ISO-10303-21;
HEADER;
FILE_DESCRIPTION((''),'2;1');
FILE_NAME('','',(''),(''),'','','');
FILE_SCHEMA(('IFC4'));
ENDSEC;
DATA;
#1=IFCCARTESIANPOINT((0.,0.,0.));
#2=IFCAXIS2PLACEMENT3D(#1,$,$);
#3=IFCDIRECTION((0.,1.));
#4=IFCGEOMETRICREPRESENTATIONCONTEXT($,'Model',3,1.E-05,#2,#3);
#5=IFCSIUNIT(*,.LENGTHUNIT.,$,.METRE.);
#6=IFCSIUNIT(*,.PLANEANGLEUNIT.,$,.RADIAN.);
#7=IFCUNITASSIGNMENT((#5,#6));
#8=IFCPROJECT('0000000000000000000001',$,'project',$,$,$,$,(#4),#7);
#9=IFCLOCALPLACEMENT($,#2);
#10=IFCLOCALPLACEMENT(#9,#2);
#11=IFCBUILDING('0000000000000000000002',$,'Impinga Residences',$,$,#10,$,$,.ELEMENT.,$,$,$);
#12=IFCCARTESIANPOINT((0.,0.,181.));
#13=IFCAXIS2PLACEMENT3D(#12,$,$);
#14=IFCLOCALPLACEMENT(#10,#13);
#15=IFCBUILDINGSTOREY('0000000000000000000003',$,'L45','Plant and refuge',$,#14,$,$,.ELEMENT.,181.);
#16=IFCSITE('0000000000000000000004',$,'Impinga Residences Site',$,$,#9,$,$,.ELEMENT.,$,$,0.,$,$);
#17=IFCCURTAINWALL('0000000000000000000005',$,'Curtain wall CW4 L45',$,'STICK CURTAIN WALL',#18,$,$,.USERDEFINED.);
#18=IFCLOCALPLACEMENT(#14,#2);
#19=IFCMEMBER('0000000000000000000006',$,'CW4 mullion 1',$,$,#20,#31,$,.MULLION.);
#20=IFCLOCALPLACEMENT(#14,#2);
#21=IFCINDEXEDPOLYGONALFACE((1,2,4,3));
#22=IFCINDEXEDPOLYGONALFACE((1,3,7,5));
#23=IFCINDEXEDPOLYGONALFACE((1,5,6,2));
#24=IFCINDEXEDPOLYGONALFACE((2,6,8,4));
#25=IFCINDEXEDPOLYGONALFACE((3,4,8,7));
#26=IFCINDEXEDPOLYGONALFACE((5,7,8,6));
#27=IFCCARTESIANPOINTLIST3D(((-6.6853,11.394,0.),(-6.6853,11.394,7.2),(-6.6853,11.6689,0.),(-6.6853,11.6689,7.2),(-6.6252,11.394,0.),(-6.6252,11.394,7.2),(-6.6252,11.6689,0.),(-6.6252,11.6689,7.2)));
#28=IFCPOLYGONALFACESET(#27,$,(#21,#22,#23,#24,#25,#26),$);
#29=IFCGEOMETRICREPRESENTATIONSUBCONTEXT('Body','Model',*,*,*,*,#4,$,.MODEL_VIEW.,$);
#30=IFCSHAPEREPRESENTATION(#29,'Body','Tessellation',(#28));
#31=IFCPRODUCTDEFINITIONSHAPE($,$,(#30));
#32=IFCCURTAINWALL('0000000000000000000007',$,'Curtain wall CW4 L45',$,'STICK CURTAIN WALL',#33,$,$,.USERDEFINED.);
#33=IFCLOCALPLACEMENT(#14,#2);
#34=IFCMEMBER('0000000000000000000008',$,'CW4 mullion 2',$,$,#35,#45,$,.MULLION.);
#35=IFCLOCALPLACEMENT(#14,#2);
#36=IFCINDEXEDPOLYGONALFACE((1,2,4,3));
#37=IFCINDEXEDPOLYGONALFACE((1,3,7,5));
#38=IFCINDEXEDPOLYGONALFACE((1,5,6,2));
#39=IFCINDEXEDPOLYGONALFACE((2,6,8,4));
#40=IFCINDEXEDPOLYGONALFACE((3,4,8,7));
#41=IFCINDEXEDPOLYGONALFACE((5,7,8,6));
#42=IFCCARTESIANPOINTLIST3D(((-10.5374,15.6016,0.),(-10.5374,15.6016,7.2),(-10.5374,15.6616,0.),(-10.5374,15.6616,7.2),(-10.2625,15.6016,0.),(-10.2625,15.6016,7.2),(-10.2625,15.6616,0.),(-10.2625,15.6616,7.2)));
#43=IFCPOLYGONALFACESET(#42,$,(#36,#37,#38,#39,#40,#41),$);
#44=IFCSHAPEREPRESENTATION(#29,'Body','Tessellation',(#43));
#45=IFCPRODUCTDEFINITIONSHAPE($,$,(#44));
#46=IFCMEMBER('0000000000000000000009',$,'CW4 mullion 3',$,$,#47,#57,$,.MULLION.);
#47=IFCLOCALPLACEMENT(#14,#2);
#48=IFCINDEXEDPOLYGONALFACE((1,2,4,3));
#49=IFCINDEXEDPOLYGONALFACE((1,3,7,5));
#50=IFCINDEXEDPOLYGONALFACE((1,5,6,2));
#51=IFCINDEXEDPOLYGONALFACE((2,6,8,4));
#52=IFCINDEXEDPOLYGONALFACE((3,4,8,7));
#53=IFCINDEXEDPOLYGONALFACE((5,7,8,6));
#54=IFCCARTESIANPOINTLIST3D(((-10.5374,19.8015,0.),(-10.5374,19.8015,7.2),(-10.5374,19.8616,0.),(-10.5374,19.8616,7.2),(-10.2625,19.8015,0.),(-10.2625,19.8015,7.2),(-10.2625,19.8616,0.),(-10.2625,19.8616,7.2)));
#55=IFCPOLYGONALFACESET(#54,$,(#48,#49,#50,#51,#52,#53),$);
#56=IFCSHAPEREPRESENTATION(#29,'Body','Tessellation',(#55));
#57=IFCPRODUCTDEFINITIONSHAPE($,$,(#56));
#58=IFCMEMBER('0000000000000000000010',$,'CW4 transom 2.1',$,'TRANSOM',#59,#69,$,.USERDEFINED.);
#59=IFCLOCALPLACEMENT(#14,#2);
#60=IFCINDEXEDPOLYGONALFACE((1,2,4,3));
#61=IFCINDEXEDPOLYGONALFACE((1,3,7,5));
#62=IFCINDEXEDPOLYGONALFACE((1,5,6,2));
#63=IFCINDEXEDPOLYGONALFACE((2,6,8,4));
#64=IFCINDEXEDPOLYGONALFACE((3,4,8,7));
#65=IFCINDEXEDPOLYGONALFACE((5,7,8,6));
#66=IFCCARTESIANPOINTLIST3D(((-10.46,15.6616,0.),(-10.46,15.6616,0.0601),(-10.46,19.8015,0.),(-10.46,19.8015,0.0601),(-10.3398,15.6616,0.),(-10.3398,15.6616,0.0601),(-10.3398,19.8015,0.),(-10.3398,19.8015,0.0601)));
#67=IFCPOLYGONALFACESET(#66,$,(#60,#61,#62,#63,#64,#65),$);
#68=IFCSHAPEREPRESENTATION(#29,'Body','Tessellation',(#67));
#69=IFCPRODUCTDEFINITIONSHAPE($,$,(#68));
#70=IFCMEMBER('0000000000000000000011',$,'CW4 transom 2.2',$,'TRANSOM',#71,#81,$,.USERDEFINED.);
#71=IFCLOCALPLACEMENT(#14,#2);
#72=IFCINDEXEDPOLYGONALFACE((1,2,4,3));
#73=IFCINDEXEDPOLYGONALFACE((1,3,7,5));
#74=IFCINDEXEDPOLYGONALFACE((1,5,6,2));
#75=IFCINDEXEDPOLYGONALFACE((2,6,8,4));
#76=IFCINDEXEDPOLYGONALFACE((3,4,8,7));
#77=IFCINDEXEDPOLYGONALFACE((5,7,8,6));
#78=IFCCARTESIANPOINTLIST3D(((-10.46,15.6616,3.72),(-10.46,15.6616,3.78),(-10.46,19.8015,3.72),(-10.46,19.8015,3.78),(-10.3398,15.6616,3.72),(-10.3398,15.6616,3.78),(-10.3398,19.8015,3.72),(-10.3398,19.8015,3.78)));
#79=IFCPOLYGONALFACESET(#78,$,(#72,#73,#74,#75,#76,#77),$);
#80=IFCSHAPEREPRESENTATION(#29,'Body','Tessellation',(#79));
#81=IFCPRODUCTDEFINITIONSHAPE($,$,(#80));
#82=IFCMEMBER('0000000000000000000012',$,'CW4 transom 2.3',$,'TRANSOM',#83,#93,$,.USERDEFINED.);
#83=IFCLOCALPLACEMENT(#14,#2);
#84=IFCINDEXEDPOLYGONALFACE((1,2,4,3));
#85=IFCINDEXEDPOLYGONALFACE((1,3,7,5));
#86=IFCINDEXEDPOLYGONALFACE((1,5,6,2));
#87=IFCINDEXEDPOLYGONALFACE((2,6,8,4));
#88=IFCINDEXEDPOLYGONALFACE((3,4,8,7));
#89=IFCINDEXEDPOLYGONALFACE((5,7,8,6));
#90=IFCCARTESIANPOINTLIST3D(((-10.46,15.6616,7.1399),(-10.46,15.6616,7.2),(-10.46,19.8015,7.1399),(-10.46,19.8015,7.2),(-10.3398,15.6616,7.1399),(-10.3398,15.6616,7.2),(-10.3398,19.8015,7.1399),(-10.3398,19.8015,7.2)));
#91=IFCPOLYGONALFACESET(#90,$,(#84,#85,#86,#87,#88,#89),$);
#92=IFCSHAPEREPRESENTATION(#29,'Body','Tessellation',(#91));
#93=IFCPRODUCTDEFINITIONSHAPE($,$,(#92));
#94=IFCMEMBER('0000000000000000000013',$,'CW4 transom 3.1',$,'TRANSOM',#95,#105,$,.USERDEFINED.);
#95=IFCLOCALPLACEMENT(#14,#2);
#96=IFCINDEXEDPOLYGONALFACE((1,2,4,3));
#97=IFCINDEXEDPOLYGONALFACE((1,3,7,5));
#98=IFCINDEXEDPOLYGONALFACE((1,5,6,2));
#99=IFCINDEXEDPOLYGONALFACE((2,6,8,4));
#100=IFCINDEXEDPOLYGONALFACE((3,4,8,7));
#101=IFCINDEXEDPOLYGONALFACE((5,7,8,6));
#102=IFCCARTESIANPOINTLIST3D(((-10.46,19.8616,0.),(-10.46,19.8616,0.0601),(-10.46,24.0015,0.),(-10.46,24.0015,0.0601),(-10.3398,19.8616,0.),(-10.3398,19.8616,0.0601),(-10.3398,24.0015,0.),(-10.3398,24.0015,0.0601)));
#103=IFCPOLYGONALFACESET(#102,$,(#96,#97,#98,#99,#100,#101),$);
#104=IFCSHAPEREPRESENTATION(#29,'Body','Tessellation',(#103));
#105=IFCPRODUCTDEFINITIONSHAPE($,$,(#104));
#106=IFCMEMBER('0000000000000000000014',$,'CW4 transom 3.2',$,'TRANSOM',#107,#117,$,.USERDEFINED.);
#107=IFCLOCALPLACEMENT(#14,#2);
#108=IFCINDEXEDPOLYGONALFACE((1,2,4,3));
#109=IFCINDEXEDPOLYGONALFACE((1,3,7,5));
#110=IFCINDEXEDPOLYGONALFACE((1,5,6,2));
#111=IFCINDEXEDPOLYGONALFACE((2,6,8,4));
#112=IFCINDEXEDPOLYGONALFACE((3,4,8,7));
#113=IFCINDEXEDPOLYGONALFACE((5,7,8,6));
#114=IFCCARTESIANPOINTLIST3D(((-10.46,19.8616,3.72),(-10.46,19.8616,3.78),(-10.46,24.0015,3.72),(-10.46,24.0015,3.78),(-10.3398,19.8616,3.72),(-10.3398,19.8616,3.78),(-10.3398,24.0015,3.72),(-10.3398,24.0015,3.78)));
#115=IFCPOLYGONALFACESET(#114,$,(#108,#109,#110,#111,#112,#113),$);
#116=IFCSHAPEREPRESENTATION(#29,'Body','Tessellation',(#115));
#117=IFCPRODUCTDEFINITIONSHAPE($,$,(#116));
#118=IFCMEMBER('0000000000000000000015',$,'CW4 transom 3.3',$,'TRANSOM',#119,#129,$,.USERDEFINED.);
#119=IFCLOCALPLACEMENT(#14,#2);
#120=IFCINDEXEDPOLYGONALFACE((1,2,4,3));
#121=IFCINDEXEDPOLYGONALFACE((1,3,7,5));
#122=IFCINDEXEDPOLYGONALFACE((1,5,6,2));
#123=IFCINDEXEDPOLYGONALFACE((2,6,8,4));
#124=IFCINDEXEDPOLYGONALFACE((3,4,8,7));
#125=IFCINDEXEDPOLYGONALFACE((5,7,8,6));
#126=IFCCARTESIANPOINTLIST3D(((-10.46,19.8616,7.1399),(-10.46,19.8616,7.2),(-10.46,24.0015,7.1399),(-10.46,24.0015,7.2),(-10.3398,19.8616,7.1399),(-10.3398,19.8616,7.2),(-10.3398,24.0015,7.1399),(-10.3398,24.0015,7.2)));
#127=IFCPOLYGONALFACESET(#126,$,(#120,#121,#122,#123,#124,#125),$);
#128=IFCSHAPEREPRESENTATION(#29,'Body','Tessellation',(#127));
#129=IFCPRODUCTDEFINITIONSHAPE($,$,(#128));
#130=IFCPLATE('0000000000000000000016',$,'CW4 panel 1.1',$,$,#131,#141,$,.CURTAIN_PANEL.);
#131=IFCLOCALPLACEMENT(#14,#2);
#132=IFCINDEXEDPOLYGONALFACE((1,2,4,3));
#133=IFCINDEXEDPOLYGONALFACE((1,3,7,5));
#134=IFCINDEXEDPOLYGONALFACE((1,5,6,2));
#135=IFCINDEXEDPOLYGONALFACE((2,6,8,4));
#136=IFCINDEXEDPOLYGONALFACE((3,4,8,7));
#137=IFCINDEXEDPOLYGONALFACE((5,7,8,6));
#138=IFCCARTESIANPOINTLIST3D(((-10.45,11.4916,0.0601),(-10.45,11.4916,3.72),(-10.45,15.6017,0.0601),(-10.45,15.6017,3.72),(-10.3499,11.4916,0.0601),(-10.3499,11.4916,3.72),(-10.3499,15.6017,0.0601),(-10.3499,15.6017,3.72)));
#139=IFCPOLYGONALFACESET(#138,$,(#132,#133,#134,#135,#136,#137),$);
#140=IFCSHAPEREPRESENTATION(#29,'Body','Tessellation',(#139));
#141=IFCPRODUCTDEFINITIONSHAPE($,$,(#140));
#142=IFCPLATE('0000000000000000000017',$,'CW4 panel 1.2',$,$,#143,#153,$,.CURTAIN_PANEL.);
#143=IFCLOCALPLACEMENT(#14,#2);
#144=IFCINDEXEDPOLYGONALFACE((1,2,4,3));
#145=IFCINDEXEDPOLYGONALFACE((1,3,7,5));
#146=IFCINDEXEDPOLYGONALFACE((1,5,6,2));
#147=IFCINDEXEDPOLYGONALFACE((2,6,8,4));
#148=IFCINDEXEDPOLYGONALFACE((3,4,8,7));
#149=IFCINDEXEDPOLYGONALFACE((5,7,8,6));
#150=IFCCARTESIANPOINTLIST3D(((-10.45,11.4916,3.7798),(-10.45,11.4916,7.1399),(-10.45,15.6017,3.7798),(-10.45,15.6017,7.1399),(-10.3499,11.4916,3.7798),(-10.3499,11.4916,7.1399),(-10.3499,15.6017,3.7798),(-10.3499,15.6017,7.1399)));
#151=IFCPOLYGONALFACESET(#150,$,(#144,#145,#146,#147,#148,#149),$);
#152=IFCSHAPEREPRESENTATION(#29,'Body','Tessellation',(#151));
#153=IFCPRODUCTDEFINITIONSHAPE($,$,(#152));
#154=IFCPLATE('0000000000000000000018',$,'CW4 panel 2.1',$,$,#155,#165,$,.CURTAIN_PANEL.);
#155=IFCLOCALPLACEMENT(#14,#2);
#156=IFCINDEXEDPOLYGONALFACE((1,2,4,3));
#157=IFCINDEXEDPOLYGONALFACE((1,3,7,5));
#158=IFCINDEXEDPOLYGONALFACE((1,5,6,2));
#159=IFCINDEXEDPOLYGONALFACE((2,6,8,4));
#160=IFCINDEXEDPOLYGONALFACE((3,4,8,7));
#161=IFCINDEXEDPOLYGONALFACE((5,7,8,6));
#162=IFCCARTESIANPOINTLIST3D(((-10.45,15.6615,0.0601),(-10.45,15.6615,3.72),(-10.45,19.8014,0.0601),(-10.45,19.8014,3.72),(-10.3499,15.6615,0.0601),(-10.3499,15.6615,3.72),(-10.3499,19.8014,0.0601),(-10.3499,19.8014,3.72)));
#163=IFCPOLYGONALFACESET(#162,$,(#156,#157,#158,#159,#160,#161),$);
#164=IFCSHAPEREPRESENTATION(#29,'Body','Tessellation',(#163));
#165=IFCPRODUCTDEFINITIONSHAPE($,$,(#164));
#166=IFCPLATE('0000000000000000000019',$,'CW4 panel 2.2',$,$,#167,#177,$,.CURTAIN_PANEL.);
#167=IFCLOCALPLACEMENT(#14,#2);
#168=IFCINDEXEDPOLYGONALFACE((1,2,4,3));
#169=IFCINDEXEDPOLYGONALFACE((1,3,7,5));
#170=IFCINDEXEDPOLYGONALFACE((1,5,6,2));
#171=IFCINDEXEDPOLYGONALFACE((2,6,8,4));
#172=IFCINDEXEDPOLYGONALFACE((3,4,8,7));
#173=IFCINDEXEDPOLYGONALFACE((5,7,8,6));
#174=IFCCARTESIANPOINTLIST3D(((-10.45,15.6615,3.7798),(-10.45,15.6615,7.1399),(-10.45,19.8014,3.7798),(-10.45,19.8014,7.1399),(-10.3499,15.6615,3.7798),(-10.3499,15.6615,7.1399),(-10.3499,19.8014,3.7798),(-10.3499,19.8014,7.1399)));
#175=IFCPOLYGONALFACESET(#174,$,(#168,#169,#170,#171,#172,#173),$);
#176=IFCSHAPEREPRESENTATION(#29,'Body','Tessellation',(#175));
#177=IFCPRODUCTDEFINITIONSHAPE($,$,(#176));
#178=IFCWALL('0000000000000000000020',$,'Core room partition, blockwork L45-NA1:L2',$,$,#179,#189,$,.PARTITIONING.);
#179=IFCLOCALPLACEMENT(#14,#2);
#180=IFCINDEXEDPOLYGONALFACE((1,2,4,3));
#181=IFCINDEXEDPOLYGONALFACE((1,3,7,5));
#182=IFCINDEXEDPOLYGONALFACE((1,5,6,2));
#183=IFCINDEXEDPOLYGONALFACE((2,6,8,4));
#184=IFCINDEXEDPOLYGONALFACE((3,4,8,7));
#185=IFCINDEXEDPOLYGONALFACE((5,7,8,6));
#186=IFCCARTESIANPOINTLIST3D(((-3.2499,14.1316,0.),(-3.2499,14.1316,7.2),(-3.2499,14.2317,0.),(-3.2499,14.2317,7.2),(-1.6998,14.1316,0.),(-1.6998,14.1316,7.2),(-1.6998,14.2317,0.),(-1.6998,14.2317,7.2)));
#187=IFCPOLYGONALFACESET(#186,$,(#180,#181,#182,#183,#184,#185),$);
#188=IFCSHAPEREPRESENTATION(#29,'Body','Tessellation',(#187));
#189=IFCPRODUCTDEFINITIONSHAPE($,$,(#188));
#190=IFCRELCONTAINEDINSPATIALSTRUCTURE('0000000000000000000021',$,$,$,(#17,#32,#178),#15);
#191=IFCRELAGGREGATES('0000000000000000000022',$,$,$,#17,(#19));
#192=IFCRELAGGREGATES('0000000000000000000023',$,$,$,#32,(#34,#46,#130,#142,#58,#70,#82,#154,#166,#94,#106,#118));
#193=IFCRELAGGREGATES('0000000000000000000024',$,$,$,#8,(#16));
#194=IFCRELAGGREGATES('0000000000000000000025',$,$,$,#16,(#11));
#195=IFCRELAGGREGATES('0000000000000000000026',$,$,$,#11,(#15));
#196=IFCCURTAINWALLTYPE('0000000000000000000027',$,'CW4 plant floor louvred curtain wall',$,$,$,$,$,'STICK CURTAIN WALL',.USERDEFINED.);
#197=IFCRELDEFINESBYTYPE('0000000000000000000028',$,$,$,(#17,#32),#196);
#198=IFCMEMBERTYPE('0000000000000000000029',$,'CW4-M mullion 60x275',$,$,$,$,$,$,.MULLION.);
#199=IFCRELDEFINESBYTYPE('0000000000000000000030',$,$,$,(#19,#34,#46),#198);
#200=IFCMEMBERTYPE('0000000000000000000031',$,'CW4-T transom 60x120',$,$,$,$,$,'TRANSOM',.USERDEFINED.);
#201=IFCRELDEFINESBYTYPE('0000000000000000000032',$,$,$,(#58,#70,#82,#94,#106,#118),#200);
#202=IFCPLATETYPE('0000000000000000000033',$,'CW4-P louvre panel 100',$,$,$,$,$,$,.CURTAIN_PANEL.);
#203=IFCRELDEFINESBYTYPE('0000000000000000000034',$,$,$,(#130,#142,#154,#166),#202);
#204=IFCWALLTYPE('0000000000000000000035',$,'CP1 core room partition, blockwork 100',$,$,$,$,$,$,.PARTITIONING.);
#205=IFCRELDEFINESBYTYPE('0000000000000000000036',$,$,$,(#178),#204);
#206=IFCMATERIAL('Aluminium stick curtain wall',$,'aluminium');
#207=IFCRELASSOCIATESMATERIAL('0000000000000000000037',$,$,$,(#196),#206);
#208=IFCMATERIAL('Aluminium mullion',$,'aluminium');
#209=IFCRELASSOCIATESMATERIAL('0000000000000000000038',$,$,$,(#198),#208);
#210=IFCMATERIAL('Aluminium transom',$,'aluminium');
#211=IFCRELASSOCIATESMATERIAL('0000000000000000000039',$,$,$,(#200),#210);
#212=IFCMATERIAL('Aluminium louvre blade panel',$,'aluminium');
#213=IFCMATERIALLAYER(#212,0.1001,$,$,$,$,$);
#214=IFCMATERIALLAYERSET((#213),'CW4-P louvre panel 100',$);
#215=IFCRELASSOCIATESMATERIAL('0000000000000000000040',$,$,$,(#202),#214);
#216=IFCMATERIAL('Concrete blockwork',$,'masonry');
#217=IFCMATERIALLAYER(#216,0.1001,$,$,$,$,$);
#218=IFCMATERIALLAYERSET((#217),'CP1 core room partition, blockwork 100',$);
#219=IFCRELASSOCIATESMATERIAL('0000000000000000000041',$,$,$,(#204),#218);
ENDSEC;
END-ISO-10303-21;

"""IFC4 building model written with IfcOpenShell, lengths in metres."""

from ifc_helpers import new_model, si_unit, direction, frame, frame_2d, origin, origin_2d, place, context, subcontext, project, spatial, rectangle, extrude, material, layer, layer_set, material_profile, profile_set, type_object, element, aggregate, save


model = new_model("IFC4")

# Units and contexts
model_context = context("Model", 3, precision=1e-05, world=origin(), true_north=direction((0.0, 1.0)))
body_context = subcontext(model_context, "Body", "Model", "MODEL_VIEW")
ifc_project = project(units=[si_unit("LENGTHUNIT", "METRE"), si_unit("PLANEANGLEUNIT", "RADIAN")], contexts=[model_context])

# Site, building, storey
site_placement = place(None, origin())
site = spatial("IfcSite", under=ifc_project, at=site_placement, Name="Impinga Residences Site", CompositionType="ELEMENT", RefElevation=0.0)
building_placement = place(site_placement, origin())
building = spatial("IfcBuilding", under=site, at=building_placement, Name="Impinga Residences", CompositionType="ELEMENT")
storey_placement = place(building_placement, frame((0.0, 0.0, 181.0)))
storey = spatial("IfcBuildingStorey", under=building, at=storey_placement, Name="L45", Description="Plant and refuge", CompositionType="ELEMENT", Elevation=181.0)

# Curtain wall, member
ifc_material_1 = material(Name="Aluminium stick curtain wall", Category="aluminium")
curtain_wall_type = type_object("IfcCurtainWallType", Name="CW4 plant floor louvred curtain wall", ElementType="STICK CURTAIN WALL", PredefinedType="USERDEFINED", material=ifc_material_1)
curtain_wall_1_placement = place(storey_placement, origin())
curtain_wall_1 = element("IfcCurtainWall", 1, at=curtain_wall_1_placement, inside=storey, type_object=curtain_wall_type, Name="Curtain wall CW4 L45", ObjectType="STICK CURTAIN WALL", PredefinedType="USERDEFINED")
ifc_material_2 = material(Name="Aluminium mullion", Category="aluminium")
ifc_material_profile_1 = material_profile(ifc_material_2, rectangle(XDim=0.0601, YDim=0.2749, at=origin_2d()), Name="60x275 mullion")
ifc_profile_set_1 = profile_set([ifc_material_profile_1], Name="Aluminium mullion")
member_type_1 = type_object("IfcMemberType", Name="CW4-M mullion 60x275", PredefinedType="MULLION", material=ifc_profile_set_1)
member_1_placement = place(storey_placement, frame((-6.6553, 11.5315, 0.0), z_axis=(0.0, 0.0, 1.0), x_axis=(-1.0, 0.0, 0.0)))
member_1 = element("IfcMember", 2, at=member_1_placement, type_object=member_type_1, Name="CW4 mullion 1", PredefinedType="MULLION", context=body_context, shape_type="SweptSolid", body=[
    extrude(rectangle(XDim=0.0601, YDim=0.2749, at=origin_2d()), origin(), (0.0, 0.0, 1.0), 7.2),
])
aggregate(curtain_wall_1, [member_1])

# Curtain wall, members, plates
curtain_wall_2_placement = place(storey_placement, origin())
curtain_wall_2 = element("IfcCurtainWall", 3, at=curtain_wall_2_placement, inside=storey, type_object=curtain_wall_type, Name="Curtain wall CW4 L45", ObjectType="STICK CURTAIN WALL", PredefinedType="USERDEFINED")
member_2_placement = place(storey_placement, frame((-10.3999, 15.6316, 0.0), z_axis=(0.0, 0.0, 1.0), x_axis=(0.0, 1.0, 0.0)))
member_2 = element("IfcMember", 4, at=member_2_placement, type_object=member_type_1, Name="CW4 mullion 2", PredefinedType="MULLION", context=body_context, shape_type="SweptSolid", body=[
    extrude(rectangle(XDim=0.0601, YDim=0.2749, at=origin_2d()), origin(), (0.0, 0.0, 1.0), 7.2),
])
member_3_placement = place(storey_placement, frame((-10.3999, 19.8315, 0.0), z_axis=(0.0, 0.0, 1.0), x_axis=(0.0, 1.0, 0.0)))
member_3 = element("IfcMember", 5, at=member_3_placement, type_object=member_type_1, Name="CW4 mullion 3", PredefinedType="MULLION", context=body_context, shape_type="SweptSolid", body=[
    extrude(rectangle(XDim=0.0601, YDim=0.2749, at=origin_2d()), origin(), (0.0, 0.0, 1.0), 7.2),
])
ifc_material_3 = material(Name="Aluminium transom", Category="aluminium")
ifc_material_profile_2 = material_profile(ifc_material_3, rectangle(XDim=0.0601, YDim=0.1201, at=origin_2d()), Name="60x120 transom")
ifc_profile_set_2 = profile_set([ifc_material_profile_2], Name="Aluminium transom")
member_type_2 = type_object("IfcMemberType", Name="CW4-T transom 60x120", ElementType="TRANSOM", PredefinedType="USERDEFINED", material=ifc_profile_set_2)
member_4_placement = place(storey_placement, frame((-10.3999, 15.6616, 0.03), z_axis=(0.0, 1.0, 0.0), x_axis=(0.0, 0.0, 1.0)))
member_4 = element("IfcMember", 6, at=member_4_placement, type_object=member_type_2, Name="CW4 transom 2.1", ObjectType="TRANSOM", PredefinedType="USERDEFINED", context=body_context, shape_type="SweptSolid", body=[
    extrude(rectangle(XDim=0.0601, YDim=0.1201, at=origin_2d()), origin(), (0.0, 0.0, 1.0), 4.1399),
])
member_5_placement = place(storey_placement, frame((-10.3999, 15.6616, 3.75), z_axis=(0.0, 1.0, 0.0), x_axis=(0.0, 0.0, 1.0)))
member_5 = element("IfcMember", 7, at=member_5_placement, type_object=member_type_2, Name="CW4 transom 2.2", ObjectType="TRANSOM", PredefinedType="USERDEFINED", context=body_context, shape_type="SweptSolid", body=[
    extrude(rectangle(XDim=0.0601, YDim=0.1201, at=origin_2d()), origin(), (0.0, 0.0, 1.0), 4.1399),
])
member_6_placement = place(storey_placement, frame((-10.3999, 15.6616, 7.1699), z_axis=(0.0, 1.0, 0.0), x_axis=(0.0, 0.0, 1.0)))
member_6 = element("IfcMember", 8, at=member_6_placement, type_object=member_type_2, Name="CW4 transom 2.3", ObjectType="TRANSOM", PredefinedType="USERDEFINED", context=body_context, shape_type="SweptSolid", body=[
    extrude(rectangle(XDim=0.0601, YDim=0.1201, at=origin_2d()), origin(), (0.0, 0.0, 1.0), 4.1399),
])
member_7_placement = place(storey_placement, frame((-10.3999, 19.8616, 0.03), z_axis=(0.0, 1.0, 0.0), x_axis=(0.0, 0.0, 1.0)))
member_7 = element("IfcMember", 9, at=member_7_placement, type_object=member_type_2, Name="CW4 transom 3.1", ObjectType="TRANSOM", PredefinedType="USERDEFINED", context=body_context, shape_type="SweptSolid", body=[
    extrude(rectangle(XDim=0.0601, YDim=0.1201, at=origin_2d()), origin(), (0.0, 0.0, 1.0), 4.1399),
])
member_8_placement = place(storey_placement, frame((-10.3999, 19.8616, 3.75), z_axis=(0.0, 1.0, 0.0), x_axis=(0.0, 0.0, 1.0)))
member_8 = element("IfcMember", 10, at=member_8_placement, type_object=member_type_2, Name="CW4 transom 3.2", ObjectType="TRANSOM", PredefinedType="USERDEFINED", context=body_context, shape_type="SweptSolid", body=[
    extrude(rectangle(XDim=0.0601, YDim=0.1201, at=origin_2d()), origin(), (0.0, 0.0, 1.0), 4.1399),
])
member_9_placement = place(storey_placement, frame((-10.3999, 19.8616, 7.1699), z_axis=(0.0, 1.0, 0.0), x_axis=(0.0, 0.0, 1.0)))
member_9 = element("IfcMember", 11, at=member_9_placement, type_object=member_type_2, Name="CW4 transom 3.3", ObjectType="TRANSOM", PredefinedType="USERDEFINED", context=body_context, shape_type="SweptSolid", body=[
    extrude(rectangle(XDim=0.0601, YDim=0.1201, at=origin_2d()), origin(), (0.0, 0.0, 1.0), 4.1399),
])
ifc_material_4 = material(Name="Aluminium louvre blade panel", Category="aluminium")
ifc_layer_1 = layer(ifc_material_4, 0.1001)
ifc_layer_set_1 = layer_set([ifc_layer_1], Name="CW4-P louvre panel 100")
plate_type = type_object("IfcPlateType", Name="CW4-P louvre panel 100", PredefinedType="CURTAIN_PANEL", material=ifc_layer_set_1)
plate_1_placement = place(storey_placement, frame((-10.3999, 13.5466, 0.0601), z_axis=(0.0, 0.0, 1.0), x_axis=(0.0, 1.0, 0.0)))
plate_1 = element("IfcPlate", 12, at=plate_1_placement, type_object=plate_type, Name="CW4 panel 1.1", PredefinedType="CURTAIN_PANEL", context=body_context, shape_type="SweptSolid", body=[
    extrude(rectangle(XDim=4.1101, YDim=0.1001, at=origin_2d()), origin(), (0.0, 0.0, 1.0), 3.6599),
])
plate_2_placement = place(storey_placement, frame((-10.3999, 13.5466, 3.7798), z_axis=(0.0, 0.0, 1.0), x_axis=(0.0, 1.0, 0.0)))
plate_2 = element("IfcPlate", 13, at=plate_2_placement, type_object=plate_type, Name="CW4 panel 1.2", PredefinedType="CURTAIN_PANEL", context=body_context, shape_type="SweptSolid", body=[
    extrude(rectangle(XDim=4.1101, YDim=0.1001, at=origin_2d()), origin(), (0.0, 0.0, 1.0), 3.3601),
])
plate_3_placement = place(storey_placement, frame((-10.3999, 17.7314, 0.0601), z_axis=(0.0, 0.0, 1.0), x_axis=(0.0, 1.0, 0.0)))
plate_3 = element("IfcPlate", 14, at=plate_3_placement, type_object=plate_type, Name="CW4 panel 2.1", PredefinedType="CURTAIN_PANEL", context=body_context, shape_type="SweptSolid", body=[
    extrude(rectangle(XDim=4.1399, YDim=0.1001, at=origin_2d()), origin(), (0.0, 0.0, 1.0), 3.6599),
])
plate_4_placement = place(storey_placement, frame((-10.3999, 17.7314, 3.7798), z_axis=(0.0, 0.0, 1.0), x_axis=(0.0, 1.0, 0.0)))
plate_4 = element("IfcPlate", 15, at=plate_4_placement, type_object=plate_type, Name="CW4 panel 2.2", PredefinedType="CURTAIN_PANEL", context=body_context, shape_type="SweptSolid", body=[
    extrude(rectangle(XDim=4.1399, YDim=0.1001, at=origin_2d()), origin(), (0.0, 0.0, 1.0), 3.3601),
])
aggregate(curtain_wall_2, [member_2, member_3, plate_1, plate_2, member_4, member_5, member_6, plate_3, plate_4, member_7, member_8, member_9])

# Wall
ifc_material_5 = material(Name="Concrete blockwork", Category="masonry")
ifc_layer_2 = layer(ifc_material_5, 0.1001)
ifc_layer_set_2 = layer_set([ifc_layer_2], Name="CP1 core room partition, blockwork 100")
wall_type_1 = type_object("IfcWallType", Name="CP1 core room partition, blockwork 100", PredefinedType="PARTITIONING", material=ifc_layer_set_2)
wall_1_placement = place(storey_placement, frame((-1.7, 14.1816, 0.0), z_axis=(0.0, 0.0, 1.0), x_axis=(-1.0, 0.0, 0.0)))
element("IfcWall", 16, at=wall_1_placement, inside=storey, type_object=wall_type_1, Name="Core room partition, blockwork L45-NA1:L2", PredefinedType="PARTITIONING", context=body_context, shape_type="SweptSolid", body=[
    extrude(rectangle(XDim=1.55, YDim=0.1001, at=frame_2d((0.7749, 0.0))), origin(), (0.0, 0.0, 1.0), 7.2),
])

save(model, "model.ifc")
